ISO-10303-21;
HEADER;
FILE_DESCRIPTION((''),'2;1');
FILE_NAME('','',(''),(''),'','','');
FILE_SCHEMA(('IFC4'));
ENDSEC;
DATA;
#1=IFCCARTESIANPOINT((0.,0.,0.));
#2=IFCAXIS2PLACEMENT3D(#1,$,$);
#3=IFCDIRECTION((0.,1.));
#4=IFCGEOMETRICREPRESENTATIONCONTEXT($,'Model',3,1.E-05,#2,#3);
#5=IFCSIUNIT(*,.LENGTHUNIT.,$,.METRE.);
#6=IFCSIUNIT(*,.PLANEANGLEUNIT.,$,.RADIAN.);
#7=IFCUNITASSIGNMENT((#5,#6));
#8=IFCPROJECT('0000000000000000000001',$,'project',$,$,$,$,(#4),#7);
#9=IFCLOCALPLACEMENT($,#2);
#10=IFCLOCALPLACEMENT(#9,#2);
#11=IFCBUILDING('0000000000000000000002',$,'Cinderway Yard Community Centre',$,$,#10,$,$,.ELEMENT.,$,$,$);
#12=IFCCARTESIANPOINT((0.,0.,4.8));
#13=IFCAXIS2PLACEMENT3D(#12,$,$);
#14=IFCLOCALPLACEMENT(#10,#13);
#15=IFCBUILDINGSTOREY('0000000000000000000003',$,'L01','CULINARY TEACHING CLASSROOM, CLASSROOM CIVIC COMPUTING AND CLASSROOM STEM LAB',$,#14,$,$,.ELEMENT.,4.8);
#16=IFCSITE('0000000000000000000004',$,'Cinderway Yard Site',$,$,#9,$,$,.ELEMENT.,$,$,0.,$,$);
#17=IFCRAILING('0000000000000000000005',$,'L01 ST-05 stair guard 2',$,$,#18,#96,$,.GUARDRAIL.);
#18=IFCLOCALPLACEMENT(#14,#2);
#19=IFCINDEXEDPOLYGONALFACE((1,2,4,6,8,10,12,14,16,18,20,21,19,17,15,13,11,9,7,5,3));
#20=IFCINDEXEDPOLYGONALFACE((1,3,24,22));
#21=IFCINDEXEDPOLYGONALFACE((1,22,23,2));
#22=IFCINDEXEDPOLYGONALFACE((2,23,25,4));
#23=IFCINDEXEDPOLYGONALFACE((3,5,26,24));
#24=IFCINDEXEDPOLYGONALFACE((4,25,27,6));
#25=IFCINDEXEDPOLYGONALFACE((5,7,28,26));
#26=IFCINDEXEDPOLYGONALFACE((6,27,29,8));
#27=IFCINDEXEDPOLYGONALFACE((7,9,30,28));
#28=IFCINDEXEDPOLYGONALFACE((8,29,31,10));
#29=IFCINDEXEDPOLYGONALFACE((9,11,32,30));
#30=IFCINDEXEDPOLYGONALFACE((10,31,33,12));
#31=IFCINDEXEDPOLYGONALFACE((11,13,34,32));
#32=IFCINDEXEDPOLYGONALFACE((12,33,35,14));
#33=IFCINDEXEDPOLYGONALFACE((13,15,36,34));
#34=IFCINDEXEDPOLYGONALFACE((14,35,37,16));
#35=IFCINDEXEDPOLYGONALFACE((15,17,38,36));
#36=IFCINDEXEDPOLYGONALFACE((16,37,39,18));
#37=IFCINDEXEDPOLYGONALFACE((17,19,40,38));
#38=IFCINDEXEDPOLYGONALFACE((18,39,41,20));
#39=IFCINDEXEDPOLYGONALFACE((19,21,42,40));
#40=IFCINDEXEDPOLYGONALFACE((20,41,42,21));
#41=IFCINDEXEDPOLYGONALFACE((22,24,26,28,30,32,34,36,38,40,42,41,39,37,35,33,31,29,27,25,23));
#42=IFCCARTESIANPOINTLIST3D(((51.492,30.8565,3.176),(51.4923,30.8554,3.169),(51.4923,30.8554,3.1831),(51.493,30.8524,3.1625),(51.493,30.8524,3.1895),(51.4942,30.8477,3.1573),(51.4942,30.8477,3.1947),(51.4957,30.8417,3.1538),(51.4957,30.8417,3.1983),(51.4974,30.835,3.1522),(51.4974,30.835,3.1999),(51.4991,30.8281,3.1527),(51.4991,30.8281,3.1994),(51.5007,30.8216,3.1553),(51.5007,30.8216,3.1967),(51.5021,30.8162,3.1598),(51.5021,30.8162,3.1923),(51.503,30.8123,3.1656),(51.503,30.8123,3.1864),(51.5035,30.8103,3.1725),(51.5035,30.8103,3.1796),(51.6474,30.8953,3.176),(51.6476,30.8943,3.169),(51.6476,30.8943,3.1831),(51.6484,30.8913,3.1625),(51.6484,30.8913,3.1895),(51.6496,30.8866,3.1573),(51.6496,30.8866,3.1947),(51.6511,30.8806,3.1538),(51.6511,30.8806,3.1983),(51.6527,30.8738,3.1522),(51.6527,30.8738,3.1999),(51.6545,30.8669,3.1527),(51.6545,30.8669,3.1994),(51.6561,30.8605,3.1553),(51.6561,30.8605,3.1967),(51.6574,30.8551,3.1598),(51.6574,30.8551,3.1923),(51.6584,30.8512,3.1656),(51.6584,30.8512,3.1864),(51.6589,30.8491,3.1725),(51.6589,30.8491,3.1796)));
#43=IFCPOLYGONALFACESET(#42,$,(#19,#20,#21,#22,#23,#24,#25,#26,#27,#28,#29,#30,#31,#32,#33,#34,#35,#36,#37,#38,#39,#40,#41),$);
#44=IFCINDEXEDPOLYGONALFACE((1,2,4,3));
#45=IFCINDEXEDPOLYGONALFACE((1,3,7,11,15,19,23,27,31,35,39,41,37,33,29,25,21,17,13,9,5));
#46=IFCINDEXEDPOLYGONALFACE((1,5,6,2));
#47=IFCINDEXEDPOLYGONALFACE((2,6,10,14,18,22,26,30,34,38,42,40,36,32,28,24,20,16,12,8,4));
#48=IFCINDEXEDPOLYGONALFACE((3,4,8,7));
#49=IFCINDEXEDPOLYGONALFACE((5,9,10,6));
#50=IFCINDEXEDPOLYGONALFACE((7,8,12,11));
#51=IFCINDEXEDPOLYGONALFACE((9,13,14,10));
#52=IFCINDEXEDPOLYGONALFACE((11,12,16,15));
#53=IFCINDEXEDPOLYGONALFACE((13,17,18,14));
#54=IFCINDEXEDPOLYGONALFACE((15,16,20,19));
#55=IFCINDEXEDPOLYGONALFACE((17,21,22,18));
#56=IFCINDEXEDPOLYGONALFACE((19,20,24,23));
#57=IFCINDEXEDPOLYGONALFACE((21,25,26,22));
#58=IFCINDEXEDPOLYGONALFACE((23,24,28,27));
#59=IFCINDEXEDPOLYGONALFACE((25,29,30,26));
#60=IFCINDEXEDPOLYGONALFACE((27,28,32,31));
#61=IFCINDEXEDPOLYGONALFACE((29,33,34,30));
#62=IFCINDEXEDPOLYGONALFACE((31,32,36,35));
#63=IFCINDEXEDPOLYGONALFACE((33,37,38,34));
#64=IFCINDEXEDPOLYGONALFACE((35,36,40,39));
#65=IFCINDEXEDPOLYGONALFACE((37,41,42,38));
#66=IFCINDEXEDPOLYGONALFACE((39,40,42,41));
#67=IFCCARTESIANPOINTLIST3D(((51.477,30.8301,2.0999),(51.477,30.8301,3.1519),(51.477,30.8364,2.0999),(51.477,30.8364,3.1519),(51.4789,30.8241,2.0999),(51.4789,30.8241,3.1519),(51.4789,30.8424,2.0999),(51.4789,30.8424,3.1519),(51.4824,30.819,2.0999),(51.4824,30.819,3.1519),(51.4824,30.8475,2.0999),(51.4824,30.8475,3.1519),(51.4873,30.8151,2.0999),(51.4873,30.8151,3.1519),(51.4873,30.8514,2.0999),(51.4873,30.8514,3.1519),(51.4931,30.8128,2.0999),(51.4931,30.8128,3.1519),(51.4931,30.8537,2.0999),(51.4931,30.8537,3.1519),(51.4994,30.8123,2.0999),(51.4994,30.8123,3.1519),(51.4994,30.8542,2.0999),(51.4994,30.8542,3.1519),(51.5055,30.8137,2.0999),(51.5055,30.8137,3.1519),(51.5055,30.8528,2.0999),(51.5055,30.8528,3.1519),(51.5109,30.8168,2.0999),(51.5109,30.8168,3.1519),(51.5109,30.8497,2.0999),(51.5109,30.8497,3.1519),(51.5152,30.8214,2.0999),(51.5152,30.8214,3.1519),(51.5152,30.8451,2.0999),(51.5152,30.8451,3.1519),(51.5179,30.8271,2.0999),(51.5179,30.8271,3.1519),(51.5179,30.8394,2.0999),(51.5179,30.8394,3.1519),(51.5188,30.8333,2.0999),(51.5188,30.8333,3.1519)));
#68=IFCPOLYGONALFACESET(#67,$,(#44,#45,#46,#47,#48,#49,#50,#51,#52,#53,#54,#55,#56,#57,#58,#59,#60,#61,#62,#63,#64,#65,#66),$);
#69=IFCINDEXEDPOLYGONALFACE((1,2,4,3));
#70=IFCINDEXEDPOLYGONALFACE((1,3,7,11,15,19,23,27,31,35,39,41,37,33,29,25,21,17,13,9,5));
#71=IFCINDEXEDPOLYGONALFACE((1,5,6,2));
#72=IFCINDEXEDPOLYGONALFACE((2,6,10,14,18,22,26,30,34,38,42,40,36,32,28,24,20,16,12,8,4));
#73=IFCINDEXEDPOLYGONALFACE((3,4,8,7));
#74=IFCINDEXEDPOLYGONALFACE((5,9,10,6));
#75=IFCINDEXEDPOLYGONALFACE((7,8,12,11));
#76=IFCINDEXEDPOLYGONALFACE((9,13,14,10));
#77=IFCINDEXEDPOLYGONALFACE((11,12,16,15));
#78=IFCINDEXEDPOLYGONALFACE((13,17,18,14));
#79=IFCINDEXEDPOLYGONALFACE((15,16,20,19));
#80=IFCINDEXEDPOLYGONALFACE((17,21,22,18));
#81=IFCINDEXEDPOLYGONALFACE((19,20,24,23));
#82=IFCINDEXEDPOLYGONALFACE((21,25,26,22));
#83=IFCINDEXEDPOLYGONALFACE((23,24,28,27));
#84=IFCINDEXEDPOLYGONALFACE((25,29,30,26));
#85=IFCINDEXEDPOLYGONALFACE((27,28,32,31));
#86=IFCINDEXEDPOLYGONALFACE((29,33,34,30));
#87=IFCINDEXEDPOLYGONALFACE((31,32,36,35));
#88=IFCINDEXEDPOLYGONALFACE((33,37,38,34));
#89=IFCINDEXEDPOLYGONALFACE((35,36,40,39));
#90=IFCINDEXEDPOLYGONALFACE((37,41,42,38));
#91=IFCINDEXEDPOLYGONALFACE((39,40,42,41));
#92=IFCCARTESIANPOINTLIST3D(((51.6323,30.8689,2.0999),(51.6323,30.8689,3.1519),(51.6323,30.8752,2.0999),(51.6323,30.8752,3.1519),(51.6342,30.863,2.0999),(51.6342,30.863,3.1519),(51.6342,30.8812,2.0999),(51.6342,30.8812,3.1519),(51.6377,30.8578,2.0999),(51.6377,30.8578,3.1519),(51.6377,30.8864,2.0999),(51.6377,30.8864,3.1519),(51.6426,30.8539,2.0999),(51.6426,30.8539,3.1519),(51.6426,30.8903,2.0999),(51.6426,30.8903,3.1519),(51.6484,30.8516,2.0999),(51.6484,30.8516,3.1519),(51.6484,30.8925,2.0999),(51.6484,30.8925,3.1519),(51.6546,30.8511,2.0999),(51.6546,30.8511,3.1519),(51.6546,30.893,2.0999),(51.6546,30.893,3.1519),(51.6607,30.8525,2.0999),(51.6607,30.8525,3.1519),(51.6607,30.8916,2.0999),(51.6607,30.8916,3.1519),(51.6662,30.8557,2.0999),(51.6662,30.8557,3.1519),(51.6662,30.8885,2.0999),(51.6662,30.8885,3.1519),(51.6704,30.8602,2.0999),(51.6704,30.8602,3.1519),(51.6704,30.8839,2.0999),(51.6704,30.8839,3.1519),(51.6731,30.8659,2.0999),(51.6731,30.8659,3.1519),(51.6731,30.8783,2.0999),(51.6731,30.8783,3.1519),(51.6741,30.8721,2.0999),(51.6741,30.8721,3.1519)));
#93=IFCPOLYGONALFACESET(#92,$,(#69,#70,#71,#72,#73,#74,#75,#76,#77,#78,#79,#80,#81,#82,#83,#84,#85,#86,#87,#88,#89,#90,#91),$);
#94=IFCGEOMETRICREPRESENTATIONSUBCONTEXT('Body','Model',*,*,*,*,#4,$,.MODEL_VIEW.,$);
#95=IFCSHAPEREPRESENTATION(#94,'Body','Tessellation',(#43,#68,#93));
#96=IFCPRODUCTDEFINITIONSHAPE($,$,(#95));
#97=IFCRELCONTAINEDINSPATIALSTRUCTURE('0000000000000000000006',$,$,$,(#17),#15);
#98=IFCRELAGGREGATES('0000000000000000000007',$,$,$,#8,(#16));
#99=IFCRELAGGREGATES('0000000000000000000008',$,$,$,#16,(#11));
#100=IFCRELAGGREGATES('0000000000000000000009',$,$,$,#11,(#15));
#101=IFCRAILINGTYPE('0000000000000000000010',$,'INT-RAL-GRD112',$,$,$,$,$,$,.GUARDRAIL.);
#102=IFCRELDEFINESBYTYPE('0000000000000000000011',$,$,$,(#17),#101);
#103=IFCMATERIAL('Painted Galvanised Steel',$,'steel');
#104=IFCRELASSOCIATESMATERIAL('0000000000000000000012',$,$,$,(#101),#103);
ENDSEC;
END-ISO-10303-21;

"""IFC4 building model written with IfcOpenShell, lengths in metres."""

from ifc_helpers import new_model, si_unit, direction, frame, origin, origin_2d, place, context, subcontext, project, spatial, circle, extrude, material, type_object, element, save


model = new_model("IFC4")

# Units and contexts
model_context = context("Model", 3, precision=1e-05, world=origin(), true_north=direction((0.0, 1.0)))
body_context = subcontext(model_context, "Body", "Model", "MODEL_VIEW")
ifc_project = project(units=[si_unit("LENGTHUNIT", "METRE"), si_unit("PLANEANGLEUNIT", "RADIAN")], contexts=[model_context])

# Site, building, storey
site_placement = place(None, origin())
site = spatial("IfcSite", under=ifc_project, at=site_placement, Name="Cinderway Yard Site", CompositionType="ELEMENT", RefElevation=0.0)
building_placement = place(site_placement, origin())
building = spatial("IfcBuilding", under=site, at=building_placement, Name="Cinderway Yard Community Centre", CompositionType="ELEMENT")
storey_placement = place(building_placement, frame((0.0, 0.0, 4.8)))
storey = spatial("IfcBuildingStorey", under=building, at=storey_placement, Name="L01", Description="CULINARY TEACHING CLASSROOM, CLASSROOM CIVIC COMPUTING AND CLASSROOM STEM LAB", CompositionType="ELEMENT", Elevation=4.8)

# Shared definitions
ifc_material_1 = material(Name="Painted Galvanised Steel", Category="steel")

# Railing
railing_type_1 = type_object("IfcRailingType", Name="INT-RAL-GRD112", PredefinedType="GUARDRAIL", material=ifc_material_1)
railing_1_placement = place(storey_placement, frame((51.4978, 30.8333, 2.0999)))
element("IfcRailing", 1, at=railing_1_placement, inside=storey, type_object=railing_type_1, Name="L01 ST-05 stair guard 2", PredefinedType="GUARDRAIL", context=body_context, shape_type="SweptSolid", body=[
    extrude(circle(Radius=0.0239, at=origin_2d()), frame((0.0, 0.0, 1.0762), z_axis=(0.970143, 0.242536, 0.0), x_axis=(-0.242536, 0.970143, 0.0)), (0.0, 0.0, 1.0), 0.1602),
    extrude(circle(Radius=0.021, at=origin_2d()), origin(), (0.0, 0.0, 1.0), 1.052),
    extrude(circle(Radius=0.021, at=origin_2d()), frame((0.1553, 0.0388, 0.0)), (0.0, 0.0, 1.0), 1.052),
])

save(model, "model.ifc")
